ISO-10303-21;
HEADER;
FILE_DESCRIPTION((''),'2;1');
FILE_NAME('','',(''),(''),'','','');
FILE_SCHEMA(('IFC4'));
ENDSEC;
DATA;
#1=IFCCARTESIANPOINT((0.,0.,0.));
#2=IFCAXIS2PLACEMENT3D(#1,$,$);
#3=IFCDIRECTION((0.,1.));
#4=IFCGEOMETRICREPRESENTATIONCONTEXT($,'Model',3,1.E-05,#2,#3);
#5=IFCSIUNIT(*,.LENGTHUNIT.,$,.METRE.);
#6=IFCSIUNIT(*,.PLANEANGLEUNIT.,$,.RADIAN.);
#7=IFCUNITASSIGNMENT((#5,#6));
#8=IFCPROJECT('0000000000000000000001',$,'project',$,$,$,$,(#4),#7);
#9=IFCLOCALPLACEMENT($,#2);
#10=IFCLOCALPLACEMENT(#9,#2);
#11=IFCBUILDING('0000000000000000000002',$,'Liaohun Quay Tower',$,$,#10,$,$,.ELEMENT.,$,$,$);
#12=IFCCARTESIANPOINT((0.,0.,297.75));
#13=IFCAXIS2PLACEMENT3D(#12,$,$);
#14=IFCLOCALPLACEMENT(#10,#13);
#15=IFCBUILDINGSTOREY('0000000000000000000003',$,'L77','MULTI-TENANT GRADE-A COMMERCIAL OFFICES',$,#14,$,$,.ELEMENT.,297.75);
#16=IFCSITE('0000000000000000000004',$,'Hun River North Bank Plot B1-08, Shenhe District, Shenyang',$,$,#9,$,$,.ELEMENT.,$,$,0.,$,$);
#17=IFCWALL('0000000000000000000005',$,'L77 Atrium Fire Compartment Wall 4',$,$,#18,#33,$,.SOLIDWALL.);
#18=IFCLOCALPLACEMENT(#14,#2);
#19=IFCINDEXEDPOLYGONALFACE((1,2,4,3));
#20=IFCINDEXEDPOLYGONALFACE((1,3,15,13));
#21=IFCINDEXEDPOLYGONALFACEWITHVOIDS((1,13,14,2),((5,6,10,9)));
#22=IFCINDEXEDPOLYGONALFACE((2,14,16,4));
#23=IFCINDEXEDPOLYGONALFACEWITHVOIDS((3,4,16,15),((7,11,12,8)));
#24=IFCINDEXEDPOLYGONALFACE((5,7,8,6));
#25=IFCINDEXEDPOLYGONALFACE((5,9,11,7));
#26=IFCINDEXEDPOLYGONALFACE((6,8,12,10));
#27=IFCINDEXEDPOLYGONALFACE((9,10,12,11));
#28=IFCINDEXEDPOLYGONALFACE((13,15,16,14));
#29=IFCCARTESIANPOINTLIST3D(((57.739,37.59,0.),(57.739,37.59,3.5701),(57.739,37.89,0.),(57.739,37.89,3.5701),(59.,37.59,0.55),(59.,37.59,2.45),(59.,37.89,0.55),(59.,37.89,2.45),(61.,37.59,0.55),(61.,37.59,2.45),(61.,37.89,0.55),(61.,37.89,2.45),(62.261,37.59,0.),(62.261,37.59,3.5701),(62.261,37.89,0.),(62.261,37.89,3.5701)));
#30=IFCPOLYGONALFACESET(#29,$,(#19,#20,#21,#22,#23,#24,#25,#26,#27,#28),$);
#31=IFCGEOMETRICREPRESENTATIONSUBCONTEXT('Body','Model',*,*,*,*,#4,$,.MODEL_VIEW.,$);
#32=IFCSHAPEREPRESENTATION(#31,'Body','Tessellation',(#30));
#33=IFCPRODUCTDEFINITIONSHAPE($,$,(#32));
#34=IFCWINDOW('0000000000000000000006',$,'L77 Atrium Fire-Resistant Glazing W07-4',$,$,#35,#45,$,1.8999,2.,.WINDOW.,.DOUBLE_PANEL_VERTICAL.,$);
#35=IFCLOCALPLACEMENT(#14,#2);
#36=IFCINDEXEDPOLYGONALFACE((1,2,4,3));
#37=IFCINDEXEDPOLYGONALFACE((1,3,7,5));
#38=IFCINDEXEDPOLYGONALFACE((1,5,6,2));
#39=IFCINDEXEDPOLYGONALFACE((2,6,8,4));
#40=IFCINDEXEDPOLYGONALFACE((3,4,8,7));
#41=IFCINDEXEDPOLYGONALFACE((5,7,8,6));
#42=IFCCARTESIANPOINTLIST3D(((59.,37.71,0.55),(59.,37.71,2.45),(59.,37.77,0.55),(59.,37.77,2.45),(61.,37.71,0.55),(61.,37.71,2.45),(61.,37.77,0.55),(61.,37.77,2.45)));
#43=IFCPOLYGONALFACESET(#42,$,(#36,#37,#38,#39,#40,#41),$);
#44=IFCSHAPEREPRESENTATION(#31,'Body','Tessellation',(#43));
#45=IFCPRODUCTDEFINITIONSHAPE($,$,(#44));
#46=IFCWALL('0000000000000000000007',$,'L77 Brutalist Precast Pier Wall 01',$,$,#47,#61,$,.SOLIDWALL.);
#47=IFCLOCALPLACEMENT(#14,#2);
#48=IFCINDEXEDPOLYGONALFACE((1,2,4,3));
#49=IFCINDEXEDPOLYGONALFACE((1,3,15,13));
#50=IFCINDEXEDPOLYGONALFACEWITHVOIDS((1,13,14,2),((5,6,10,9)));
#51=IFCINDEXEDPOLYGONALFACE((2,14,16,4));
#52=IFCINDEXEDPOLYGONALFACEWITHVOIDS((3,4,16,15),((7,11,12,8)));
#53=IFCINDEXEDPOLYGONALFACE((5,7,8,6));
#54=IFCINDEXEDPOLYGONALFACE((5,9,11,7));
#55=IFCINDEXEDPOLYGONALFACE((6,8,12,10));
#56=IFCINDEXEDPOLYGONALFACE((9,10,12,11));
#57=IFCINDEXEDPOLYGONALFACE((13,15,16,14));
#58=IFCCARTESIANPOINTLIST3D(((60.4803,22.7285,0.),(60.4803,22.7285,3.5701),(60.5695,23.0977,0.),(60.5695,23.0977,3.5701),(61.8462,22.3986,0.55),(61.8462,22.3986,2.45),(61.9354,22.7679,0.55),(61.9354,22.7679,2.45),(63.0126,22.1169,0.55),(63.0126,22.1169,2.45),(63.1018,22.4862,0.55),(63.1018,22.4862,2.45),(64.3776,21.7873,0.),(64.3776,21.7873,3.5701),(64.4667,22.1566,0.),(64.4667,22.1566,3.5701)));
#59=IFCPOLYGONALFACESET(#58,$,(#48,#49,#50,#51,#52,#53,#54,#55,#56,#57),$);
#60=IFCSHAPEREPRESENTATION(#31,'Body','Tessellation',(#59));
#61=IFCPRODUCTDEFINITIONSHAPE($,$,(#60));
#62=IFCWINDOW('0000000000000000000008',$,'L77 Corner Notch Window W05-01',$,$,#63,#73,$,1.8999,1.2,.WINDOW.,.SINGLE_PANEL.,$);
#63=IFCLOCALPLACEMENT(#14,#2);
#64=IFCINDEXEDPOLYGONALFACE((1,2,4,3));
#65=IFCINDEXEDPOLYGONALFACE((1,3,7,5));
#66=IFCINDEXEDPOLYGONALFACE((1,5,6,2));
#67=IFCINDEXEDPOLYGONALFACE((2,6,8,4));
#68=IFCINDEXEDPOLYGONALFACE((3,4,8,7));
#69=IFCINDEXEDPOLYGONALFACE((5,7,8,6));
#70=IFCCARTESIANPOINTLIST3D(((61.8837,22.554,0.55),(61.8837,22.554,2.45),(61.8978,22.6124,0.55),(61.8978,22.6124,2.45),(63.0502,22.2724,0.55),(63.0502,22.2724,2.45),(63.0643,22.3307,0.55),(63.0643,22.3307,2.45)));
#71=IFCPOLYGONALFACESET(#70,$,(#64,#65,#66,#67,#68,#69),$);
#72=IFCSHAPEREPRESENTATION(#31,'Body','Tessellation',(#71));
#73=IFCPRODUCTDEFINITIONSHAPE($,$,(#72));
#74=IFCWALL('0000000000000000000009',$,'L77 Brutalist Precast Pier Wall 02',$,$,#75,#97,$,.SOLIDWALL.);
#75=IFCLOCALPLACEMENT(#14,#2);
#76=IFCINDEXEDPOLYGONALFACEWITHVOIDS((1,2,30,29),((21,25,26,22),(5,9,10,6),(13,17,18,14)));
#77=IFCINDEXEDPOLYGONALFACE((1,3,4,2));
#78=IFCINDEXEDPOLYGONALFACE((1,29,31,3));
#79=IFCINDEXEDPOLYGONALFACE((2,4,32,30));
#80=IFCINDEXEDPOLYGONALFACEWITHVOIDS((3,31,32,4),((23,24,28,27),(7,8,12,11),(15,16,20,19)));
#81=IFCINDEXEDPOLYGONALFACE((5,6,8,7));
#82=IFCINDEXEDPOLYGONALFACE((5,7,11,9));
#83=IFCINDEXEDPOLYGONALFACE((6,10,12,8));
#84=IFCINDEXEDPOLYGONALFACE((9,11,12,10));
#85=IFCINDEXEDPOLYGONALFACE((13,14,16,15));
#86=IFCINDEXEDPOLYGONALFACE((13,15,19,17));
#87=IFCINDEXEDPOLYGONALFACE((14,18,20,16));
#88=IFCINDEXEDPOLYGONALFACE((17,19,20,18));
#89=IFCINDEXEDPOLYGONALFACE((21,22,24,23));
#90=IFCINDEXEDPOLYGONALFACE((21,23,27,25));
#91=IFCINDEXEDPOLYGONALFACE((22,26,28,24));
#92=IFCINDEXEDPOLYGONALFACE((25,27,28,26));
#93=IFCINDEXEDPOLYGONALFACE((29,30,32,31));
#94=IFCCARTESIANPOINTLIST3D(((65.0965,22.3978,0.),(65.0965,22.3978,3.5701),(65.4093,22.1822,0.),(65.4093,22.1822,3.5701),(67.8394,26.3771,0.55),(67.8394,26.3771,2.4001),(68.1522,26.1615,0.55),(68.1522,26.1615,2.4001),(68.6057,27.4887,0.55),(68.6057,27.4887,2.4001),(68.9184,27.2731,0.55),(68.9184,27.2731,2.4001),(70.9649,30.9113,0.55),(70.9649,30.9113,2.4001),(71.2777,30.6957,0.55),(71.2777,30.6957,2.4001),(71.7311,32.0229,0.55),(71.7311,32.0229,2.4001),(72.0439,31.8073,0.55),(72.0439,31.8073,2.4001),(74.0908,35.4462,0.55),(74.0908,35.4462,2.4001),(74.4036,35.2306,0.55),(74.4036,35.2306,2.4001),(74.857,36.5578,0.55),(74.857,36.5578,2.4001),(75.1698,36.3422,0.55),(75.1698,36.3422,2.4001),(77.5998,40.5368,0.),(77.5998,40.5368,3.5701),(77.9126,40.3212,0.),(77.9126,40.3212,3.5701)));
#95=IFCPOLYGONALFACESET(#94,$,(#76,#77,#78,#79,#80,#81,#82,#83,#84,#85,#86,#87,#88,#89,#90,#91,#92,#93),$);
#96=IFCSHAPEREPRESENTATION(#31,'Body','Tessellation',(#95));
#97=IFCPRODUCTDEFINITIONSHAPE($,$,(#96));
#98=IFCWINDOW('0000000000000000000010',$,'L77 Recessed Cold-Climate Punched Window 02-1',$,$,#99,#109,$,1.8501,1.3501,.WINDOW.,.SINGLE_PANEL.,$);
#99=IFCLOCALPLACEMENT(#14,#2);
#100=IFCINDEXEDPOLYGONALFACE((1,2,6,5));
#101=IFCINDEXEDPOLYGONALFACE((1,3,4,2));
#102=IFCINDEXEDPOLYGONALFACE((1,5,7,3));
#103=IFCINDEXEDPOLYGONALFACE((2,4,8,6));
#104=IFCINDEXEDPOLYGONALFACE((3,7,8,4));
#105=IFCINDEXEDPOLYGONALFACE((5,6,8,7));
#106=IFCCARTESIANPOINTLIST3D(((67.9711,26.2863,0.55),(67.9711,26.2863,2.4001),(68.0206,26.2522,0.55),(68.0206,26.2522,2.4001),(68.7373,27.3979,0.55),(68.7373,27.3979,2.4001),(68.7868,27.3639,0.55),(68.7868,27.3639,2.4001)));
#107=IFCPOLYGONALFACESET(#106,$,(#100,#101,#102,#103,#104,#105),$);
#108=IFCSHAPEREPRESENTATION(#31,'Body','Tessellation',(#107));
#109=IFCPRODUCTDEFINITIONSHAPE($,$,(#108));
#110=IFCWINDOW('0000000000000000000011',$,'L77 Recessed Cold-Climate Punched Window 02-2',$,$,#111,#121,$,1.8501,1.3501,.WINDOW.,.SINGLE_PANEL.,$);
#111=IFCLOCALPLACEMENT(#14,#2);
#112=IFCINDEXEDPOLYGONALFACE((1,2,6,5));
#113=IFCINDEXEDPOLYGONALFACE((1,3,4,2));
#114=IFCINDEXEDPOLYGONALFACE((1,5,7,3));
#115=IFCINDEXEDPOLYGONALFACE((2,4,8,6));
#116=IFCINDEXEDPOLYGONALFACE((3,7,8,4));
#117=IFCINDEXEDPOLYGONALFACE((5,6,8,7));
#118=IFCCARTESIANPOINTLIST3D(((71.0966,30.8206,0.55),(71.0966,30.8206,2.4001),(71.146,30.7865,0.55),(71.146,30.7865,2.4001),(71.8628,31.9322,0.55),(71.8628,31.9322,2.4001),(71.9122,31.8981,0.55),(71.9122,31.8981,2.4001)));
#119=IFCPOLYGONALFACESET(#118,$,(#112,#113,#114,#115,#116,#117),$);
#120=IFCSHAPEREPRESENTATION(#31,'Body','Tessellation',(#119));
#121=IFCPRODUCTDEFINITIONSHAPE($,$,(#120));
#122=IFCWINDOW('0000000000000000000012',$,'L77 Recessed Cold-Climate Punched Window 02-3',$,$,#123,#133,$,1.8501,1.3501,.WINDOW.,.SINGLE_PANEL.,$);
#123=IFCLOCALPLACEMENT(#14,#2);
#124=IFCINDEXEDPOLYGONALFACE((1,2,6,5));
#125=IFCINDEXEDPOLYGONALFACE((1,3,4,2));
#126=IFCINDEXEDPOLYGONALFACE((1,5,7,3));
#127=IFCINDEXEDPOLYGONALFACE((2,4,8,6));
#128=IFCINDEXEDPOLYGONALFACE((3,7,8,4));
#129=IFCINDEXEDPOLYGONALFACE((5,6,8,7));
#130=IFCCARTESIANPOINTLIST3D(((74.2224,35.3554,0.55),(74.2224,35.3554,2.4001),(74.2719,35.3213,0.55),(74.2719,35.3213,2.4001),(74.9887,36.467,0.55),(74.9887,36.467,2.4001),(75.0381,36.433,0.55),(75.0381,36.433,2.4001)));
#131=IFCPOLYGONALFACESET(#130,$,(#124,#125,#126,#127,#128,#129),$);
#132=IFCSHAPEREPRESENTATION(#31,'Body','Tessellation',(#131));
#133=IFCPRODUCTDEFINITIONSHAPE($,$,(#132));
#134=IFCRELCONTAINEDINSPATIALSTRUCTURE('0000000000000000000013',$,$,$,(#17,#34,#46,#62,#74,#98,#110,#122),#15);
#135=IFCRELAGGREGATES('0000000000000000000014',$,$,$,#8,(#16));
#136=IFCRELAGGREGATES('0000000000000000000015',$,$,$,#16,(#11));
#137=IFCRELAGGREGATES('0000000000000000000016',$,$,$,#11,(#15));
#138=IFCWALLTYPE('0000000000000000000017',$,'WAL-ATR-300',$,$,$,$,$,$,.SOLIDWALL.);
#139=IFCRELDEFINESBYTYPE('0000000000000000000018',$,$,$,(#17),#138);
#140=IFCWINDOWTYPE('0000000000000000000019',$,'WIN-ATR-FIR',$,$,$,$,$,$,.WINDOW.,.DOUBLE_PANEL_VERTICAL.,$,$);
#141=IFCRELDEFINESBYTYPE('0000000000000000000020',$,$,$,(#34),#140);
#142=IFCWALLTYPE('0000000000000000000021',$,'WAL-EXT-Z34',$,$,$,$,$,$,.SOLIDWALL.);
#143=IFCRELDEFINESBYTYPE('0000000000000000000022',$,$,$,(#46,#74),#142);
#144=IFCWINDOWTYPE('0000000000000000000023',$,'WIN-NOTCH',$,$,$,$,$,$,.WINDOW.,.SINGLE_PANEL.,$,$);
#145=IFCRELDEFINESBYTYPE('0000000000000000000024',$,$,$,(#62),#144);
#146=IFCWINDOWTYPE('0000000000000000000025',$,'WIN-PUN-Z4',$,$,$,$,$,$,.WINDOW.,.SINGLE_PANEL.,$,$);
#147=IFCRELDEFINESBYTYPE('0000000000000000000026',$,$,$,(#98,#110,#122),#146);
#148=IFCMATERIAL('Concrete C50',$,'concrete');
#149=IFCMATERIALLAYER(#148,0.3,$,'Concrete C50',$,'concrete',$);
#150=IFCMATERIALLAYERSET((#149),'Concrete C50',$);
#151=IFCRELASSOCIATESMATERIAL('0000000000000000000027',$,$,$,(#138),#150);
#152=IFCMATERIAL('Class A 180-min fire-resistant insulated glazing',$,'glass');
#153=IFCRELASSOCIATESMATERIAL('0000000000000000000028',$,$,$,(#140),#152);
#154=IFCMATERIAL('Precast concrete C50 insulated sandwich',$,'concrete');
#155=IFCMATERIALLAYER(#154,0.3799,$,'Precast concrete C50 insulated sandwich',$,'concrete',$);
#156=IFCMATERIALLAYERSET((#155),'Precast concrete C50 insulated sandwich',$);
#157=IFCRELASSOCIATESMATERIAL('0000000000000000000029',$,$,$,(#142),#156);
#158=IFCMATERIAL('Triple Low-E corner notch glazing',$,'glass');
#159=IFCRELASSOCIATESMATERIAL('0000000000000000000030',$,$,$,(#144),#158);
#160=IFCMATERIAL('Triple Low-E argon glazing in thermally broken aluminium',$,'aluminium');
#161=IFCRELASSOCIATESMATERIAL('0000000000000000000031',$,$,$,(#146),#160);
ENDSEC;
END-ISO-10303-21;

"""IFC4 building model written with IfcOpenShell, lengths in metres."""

from ifc_helpers import new_model, si_unit, direction, frame, frame_2d, origin, place, context, subcontext, project, spatial, rectangle, extrude, source, transform, mapped, material, layer, layer_set, type_object, element, fill, save


model = new_model("IFC4")

# Units and contexts
model_context = context("Model", 3, precision=1e-05, world=origin(), true_north=direction((0.0, 1.0)))
body_context = subcontext(model_context, "Body", "Model", "MODEL_VIEW")
ifc_project = project(units=[si_unit("LENGTHUNIT", "METRE"), si_unit("PLANEANGLEUNIT", "RADIAN")], contexts=[model_context])

# Site, building, storey
site_placement = place(None, origin())
site = spatial("IfcSite", under=ifc_project, at=site_placement, Name="Hun River North Bank Plot B1-08, Shenhe District, Shenyang", CompositionType="ELEMENT", RefElevation=0.0)
building_placement = place(site_placement, origin())
building = spatial("IfcBuilding", under=site, at=building_placement, Name="Liaohun Quay Tower", CompositionType="ELEMENT")
storey_placement = place(building_placement, frame((0.0, 0.0, 297.75)))
storey = spatial("IfcBuildingStorey", under=building, at=storey_placement, Name="L77", Description="MULTI-TENANT GRADE-A COMMERCIAL OFFICES", CompositionType="ELEMENT", Elevation=297.75)

# Shared definitions
ifc_material_1 = material(Name="Concrete C50", Category="concrete")

# Walls, openings, windows
ifc_layer_1 = layer(ifc_material_1, 0.3, Name="Concrete C50", Category="concrete")
ifc_layer_set_1 = layer_set([ifc_layer_1], Name="Concrete C50")
wall_type_1 = type_object("IfcWallType", Name="WAL-ATR-300", PredefinedType="SOLIDWALL", material=ifc_layer_set_1)
shared_shape_1 = source(origin(), body_context, "Body", "SweptSolid", [
    extrude(rectangle(XDim=2.0, YDim=1.8999, at=frame_2d((1.0, 0.95))), frame((0.0, 0.1599, 0.0), z_axis=(0.0, -1.0, 0.0), x_axis=(1.0, 0.0, 0.0)), (0.0, 0.0, 1.0), 0.3201),
])
ifc_material_2 = material(Name="Class A 180-min fire-resistant insulated glazing", Category="glass")
window_type_1 = type_object("IfcWindowType", Name="WIN-ATR-FIR", PartitioningType="DOUBLE_PANEL_VERTICAL", PredefinedType="WINDOW", material=ifc_material_2)
shared_shape_2 = source(origin(), body_context, "Body", "SweptSolid", [
    extrude(rectangle(XDim=2.0, YDim=1.8999, at=frame_2d((1.0, 0.95))), frame((0.0, 0.03, 0.0), z_axis=(0.0, -1.0, 0.0), x_axis=(1.0, 0.0, 0.0)), (0.0, 0.0, 1.0), 0.0601),
])
wall_1_placement = place(storey_placement, frame((62.261, 37.74, 0.0), z_axis=(0.0, 0.0, 1.0), x_axis=(-1.0, 0.0, 0.0)))
wall_1 = element("IfcWall", 1, at=wall_1_placement, inside=storey, type_object=wall_type_1, Name="L77 Atrium Fire Compartment Wall 4", PredefinedType="SOLIDWALL", context=body_context, shape_type="SweptSolid", body=[
    extrude(rectangle(XDim=4.522, YDim=0.3, at=frame_2d((2.261, 0.0))), origin(), (0.0, 0.0, 1.0), 3.5701),
])
opening_1_placement = place(wall_1_placement, frame((1.261, 0.0, 0.55)))
opening_1 = element("IfcOpeningElement", 2, at=opening_1_placement, cuts=wall_1, PredefinedType="OPENING", context=body_context, shape_type="MappedRepresentation", body=[
    mapped(shared_shape_1, transform((0.0, 0.0, 0.0), x_axis=(1.0, 0.0, 0.0), y_axis=(0.0, 1.0, 0.0), z_axis=(0.0, 0.0, 1.0), scale=1.0)),
])
window_1_placement = place(opening_1_placement, origin())
window_1 = element("IfcWindow", 3, at=window_1_placement, inside=storey, type_object=window_type_1, Name="L77 Atrium Fire-Resistant Glazing W07-4", OverallHeight=1.8999, OverallWidth=2.0, PartitioningType="DOUBLE_PANEL_VERTICAL", PredefinedType="WINDOW", context=body_context, shape_type="MappedRepresentation", body=[
    mapped(shared_shape_2, transform((0.0, 0.0, 0.0), x_axis=(1.0, 0.0, 0.0), y_axis=(0.0, 1.0, 0.0), z_axis=(0.0, 0.0, 1.0), scale=1.0)),
])
fill(opening_1, window_1)
ifc_material_3 = material(Name="Precast concrete C50 insulated sandwich", Category="concrete")
ifc_layer_2 = layer(ifc_material_3, 0.3799, Name="Precast concrete C50 insulated sandwich", Category="concrete")
ifc_layer_set_2 = layer_set([ifc_layer_2], Name="Precast concrete C50 insulated sandwich")
wall_type_2 = type_object("IfcWallType", Name="WAL-EXT-Z34", PredefinedType="SOLIDWALL", material=ifc_layer_set_2)
wall_2_placement = place(storey_placement, frame((60.5249, 22.9131, 0.0), z_axis=(0.0, 0.0, 1.0), x_axis=(0.972056, -0.234748, 0.0)))
wall_2 = element("IfcWall", 4, at=wall_2_placement, inside=storey, type_object=wall_type_2, Name="L77 Brutalist Precast Pier Wall 01", PredefinedType="SOLIDWALL", context=body_context, shape_type="SweptSolid", body=[
    extrude(rectangle(XDim=4.0093, YDim=0.3799, at=frame_2d((2.0046, 0.0))), origin(), (0.0, 0.0, 1.0), 3.5701),
])
shared_shape_3 = source(origin(), body_context, "Body", "SweptSolid", [
    extrude(rectangle(XDim=1.2, YDim=1.8999, at=frame_2d((0.6001, 0.95))), frame((0.0, 0.2, 0.0), z_axis=(0.0, -1.0, 0.0), x_axis=(1.0, 0.0, 0.0)), (0.0, 0.0, 1.0), 0.3999),
])
opening_2_placement = place(wall_2_placement, frame((1.405, 0.0, 0.55)))
opening_2 = element("IfcOpeningElement", 5, at=opening_2_placement, cuts=wall_2, PredefinedType="OPENING", context=body_context, shape_type="MappedRepresentation", body=[
    mapped(shared_shape_3, transform((0.0, 0.0, 0.0), x_axis=(1.0, 0.0, 0.0), y_axis=(0.0, 1.0, 0.0), z_axis=(0.0, 0.0, 1.0), scale=1.0)),
])
ifc_material_4 = material(Name="Triple Low-E corner notch glazing", Category="glass")
window_type_2 = type_object("IfcWindowType", Name="WIN-NOTCH", PartitioningType="SINGLE_PANEL", PredefinedType="WINDOW", material=ifc_material_4)
shared_shape_4 = source(origin(), body_context, "Body", "SweptSolid", [
    extrude(rectangle(XDim=1.2, YDim=1.8999, at=frame_2d((0.6001, 0.95))), frame((0.0, 0.03, 0.0), z_axis=(0.0, -1.0, 0.0), x_axis=(1.0, 0.0, 0.0)), (0.0, 0.0, 1.0), 0.0601),
])
window_2_placement = place(opening_2_placement, origin())
window_2 = element("IfcWindow", 6, at=window_2_placement, inside=storey, type_object=window_type_2, Name="L77 Corner Notch Window W05-01", OverallHeight=1.8999, OverallWidth=1.2, PartitioningType="SINGLE_PANEL", PredefinedType="WINDOW", context=body_context, shape_type="MappedRepresentation", body=[
    mapped(shared_shape_4, transform((0.0, 0.0, 0.0), x_axis=(1.0, 0.0, 0.0), y_axis=(0.0, 1.0, 0.0), z_axis=(0.0, 0.0, 1.0), scale=1.0)),
])
fill(opening_2, window_2)

# Wall, openings, windows
wall_3_placement = place(storey_placement, frame((65.2529, 22.29, 0.0), z_axis=(0.0, 0.0, 1.0), x_axis=(0.567535, 0.823349, 0.0)))
wall_3 = element("IfcWall", 7, at=wall_3_placement, inside=storey, type_object=wall_type_2, Name="L77 Brutalist Precast Pier Wall 02", PredefinedType="SOLIDWALL", context=body_context, shape_type="SweptSolid", body=[
    extrude(rectangle(XDim=22.0308, YDim=0.3799, at=frame_2d((11.0154, 0.0))), origin(), (0.0, 0.0, 1.0), 3.5701),
])
shared_shape_5 = source(origin(), body_context, "Body", "SweptSolid", [
    extrude(rectangle(XDim=1.3501, YDim=1.8501, at=frame_2d((0.675, 0.925))), frame((0.0, 0.2, 0.0), z_axis=(0.0, -1.0, 0.0), x_axis=(1.0, 0.0, 0.0)), (0.0, 0.0, 1.0), 0.3999),
])
opening_3_placement = place(wall_3_placement, frame((4.833, 0.0, 0.55)))
opening_3 = element("IfcOpeningElement", 8, at=opening_3_placement, cuts=wall_3, PredefinedType="OPENING", context=body_context, shape_type="MappedRepresentation", body=[
    mapped(shared_shape_5, transform((0.0, 0.0, 0.0), x_axis=(1.0, 0.0, 0.0), y_axis=(0.0, 1.0, 0.0), z_axis=(0.0, 0.0, 1.0), scale=1.0)),
])
opening_4_placement = place(wall_3_placement, frame((10.3401, 0.0, 0.55)))
opening_4 = element("IfcOpeningElement", 9, at=opening_4_placement, cuts=wall_3, PredefinedType="OPENING", context=body_context, shape_type="MappedRepresentation", body=[
    mapped(shared_shape_5, transform((0.0, 0.0, 0.0), x_axis=(1.0, 0.0, 0.0), y_axis=(0.0, 1.0, 0.0), z_axis=(0.0, 0.0, 1.0), scale=1.0)),
])
opening_5_placement = place(wall_3_placement, frame((15.8479, 0.0, 0.55)))
opening_5 = element("IfcOpeningElement", 10, at=opening_5_placement, cuts=wall_3, PredefinedType="OPENING", context=body_context, shape_type="MappedRepresentation", body=[
    mapped(shared_shape_5, transform((0.0, 0.0, 0.0), x_axis=(1.0, 0.0, 0.0), y_axis=(0.0, 1.0, 0.0), z_axis=(0.0, 0.0, 1.0), scale=1.0)),
])
ifc_material_5 = material(Name="Triple Low-E argon glazing in thermally broken aluminium", Category="aluminium")
window_type_3 = type_object("IfcWindowType", Name="WIN-PUN-Z4", PartitioningType="SINGLE_PANEL", PredefinedType="WINDOW", material=ifc_material_5)
shared_shape_6 = source(origin(), body_context, "Body", "SweptSolid", [
    extrude(rectangle(XDim=1.3501, YDim=1.8501, at=frame_2d((0.675, 0.925))), frame((0.0, 0.03, 0.0), z_axis=(0.0, -1.0, 0.0), x_axis=(1.0, 0.0, 0.0)), (0.0, 0.0, 1.0), 0.0601),
])
window_3_placement = place(opening_3_placement, origin())
window_3 = element("IfcWindow", 11, at=window_3_placement, inside=storey, type_object=window_type_3, Name="L77 Recessed Cold-Climate Punched Window 02-1", OverallHeight=1.8501, OverallWidth=1.3501, PartitioningType="SINGLE_PANEL", PredefinedType="WINDOW", context=body_context, shape_type="MappedRepresentation", body=[
    mapped(shared_shape_6, transform((0.0, 0.0, 0.0), x_axis=(1.0, 0.0, 0.0), y_axis=(0.0, 1.0, 0.0), z_axis=(0.0, 0.0, 1.0), scale=1.0)),
])
fill(opening_3, window_3)
window_4_placement = place(opening_4_placement, origin())
window_4 = element("IfcWindow", 12, at=window_4_placement, inside=storey, type_object=window_type_3, Name="L77 Recessed Cold-Climate Punched Window 02-2", OverallHeight=1.8501, OverallWidth=1.3501, PartitioningType="SINGLE_PANEL", PredefinedType="WINDOW", context=body_context, shape_type="MappedRepresentation", body=[
    mapped(shared_shape_6, transform((0.0, 0.0, 0.0), x_axis=(1.0, 0.0, 0.0), y_axis=(0.0, 1.0, 0.0), z_axis=(0.0, 0.0, 1.0), scale=1.0)),
])
fill(opening_4, window_4)
window_5_placement = place(opening_5_placement, origin())
window_5 = element("IfcWindow", 13, at=window_5_placement, inside=storey, type_object=window_type_3, Name="L77 Recessed Cold-Climate Punched Window 02-3", OverallHeight=1.8501, OverallWidth=1.3501, PartitioningType="SINGLE_PANEL", PredefinedType="WINDOW", context=body_context, shape_type="MappedRepresentation", body=[
    mapped(shared_shape_6, transform((0.0, 0.0, 0.0), x_axis=(1.0, 0.0, 0.0), y_axis=(0.0, 1.0, 0.0), z_axis=(0.0, 0.0, 1.0), scale=1.0)),
])
fill(opening_5, window_5)

save(model, "model.ifc")
